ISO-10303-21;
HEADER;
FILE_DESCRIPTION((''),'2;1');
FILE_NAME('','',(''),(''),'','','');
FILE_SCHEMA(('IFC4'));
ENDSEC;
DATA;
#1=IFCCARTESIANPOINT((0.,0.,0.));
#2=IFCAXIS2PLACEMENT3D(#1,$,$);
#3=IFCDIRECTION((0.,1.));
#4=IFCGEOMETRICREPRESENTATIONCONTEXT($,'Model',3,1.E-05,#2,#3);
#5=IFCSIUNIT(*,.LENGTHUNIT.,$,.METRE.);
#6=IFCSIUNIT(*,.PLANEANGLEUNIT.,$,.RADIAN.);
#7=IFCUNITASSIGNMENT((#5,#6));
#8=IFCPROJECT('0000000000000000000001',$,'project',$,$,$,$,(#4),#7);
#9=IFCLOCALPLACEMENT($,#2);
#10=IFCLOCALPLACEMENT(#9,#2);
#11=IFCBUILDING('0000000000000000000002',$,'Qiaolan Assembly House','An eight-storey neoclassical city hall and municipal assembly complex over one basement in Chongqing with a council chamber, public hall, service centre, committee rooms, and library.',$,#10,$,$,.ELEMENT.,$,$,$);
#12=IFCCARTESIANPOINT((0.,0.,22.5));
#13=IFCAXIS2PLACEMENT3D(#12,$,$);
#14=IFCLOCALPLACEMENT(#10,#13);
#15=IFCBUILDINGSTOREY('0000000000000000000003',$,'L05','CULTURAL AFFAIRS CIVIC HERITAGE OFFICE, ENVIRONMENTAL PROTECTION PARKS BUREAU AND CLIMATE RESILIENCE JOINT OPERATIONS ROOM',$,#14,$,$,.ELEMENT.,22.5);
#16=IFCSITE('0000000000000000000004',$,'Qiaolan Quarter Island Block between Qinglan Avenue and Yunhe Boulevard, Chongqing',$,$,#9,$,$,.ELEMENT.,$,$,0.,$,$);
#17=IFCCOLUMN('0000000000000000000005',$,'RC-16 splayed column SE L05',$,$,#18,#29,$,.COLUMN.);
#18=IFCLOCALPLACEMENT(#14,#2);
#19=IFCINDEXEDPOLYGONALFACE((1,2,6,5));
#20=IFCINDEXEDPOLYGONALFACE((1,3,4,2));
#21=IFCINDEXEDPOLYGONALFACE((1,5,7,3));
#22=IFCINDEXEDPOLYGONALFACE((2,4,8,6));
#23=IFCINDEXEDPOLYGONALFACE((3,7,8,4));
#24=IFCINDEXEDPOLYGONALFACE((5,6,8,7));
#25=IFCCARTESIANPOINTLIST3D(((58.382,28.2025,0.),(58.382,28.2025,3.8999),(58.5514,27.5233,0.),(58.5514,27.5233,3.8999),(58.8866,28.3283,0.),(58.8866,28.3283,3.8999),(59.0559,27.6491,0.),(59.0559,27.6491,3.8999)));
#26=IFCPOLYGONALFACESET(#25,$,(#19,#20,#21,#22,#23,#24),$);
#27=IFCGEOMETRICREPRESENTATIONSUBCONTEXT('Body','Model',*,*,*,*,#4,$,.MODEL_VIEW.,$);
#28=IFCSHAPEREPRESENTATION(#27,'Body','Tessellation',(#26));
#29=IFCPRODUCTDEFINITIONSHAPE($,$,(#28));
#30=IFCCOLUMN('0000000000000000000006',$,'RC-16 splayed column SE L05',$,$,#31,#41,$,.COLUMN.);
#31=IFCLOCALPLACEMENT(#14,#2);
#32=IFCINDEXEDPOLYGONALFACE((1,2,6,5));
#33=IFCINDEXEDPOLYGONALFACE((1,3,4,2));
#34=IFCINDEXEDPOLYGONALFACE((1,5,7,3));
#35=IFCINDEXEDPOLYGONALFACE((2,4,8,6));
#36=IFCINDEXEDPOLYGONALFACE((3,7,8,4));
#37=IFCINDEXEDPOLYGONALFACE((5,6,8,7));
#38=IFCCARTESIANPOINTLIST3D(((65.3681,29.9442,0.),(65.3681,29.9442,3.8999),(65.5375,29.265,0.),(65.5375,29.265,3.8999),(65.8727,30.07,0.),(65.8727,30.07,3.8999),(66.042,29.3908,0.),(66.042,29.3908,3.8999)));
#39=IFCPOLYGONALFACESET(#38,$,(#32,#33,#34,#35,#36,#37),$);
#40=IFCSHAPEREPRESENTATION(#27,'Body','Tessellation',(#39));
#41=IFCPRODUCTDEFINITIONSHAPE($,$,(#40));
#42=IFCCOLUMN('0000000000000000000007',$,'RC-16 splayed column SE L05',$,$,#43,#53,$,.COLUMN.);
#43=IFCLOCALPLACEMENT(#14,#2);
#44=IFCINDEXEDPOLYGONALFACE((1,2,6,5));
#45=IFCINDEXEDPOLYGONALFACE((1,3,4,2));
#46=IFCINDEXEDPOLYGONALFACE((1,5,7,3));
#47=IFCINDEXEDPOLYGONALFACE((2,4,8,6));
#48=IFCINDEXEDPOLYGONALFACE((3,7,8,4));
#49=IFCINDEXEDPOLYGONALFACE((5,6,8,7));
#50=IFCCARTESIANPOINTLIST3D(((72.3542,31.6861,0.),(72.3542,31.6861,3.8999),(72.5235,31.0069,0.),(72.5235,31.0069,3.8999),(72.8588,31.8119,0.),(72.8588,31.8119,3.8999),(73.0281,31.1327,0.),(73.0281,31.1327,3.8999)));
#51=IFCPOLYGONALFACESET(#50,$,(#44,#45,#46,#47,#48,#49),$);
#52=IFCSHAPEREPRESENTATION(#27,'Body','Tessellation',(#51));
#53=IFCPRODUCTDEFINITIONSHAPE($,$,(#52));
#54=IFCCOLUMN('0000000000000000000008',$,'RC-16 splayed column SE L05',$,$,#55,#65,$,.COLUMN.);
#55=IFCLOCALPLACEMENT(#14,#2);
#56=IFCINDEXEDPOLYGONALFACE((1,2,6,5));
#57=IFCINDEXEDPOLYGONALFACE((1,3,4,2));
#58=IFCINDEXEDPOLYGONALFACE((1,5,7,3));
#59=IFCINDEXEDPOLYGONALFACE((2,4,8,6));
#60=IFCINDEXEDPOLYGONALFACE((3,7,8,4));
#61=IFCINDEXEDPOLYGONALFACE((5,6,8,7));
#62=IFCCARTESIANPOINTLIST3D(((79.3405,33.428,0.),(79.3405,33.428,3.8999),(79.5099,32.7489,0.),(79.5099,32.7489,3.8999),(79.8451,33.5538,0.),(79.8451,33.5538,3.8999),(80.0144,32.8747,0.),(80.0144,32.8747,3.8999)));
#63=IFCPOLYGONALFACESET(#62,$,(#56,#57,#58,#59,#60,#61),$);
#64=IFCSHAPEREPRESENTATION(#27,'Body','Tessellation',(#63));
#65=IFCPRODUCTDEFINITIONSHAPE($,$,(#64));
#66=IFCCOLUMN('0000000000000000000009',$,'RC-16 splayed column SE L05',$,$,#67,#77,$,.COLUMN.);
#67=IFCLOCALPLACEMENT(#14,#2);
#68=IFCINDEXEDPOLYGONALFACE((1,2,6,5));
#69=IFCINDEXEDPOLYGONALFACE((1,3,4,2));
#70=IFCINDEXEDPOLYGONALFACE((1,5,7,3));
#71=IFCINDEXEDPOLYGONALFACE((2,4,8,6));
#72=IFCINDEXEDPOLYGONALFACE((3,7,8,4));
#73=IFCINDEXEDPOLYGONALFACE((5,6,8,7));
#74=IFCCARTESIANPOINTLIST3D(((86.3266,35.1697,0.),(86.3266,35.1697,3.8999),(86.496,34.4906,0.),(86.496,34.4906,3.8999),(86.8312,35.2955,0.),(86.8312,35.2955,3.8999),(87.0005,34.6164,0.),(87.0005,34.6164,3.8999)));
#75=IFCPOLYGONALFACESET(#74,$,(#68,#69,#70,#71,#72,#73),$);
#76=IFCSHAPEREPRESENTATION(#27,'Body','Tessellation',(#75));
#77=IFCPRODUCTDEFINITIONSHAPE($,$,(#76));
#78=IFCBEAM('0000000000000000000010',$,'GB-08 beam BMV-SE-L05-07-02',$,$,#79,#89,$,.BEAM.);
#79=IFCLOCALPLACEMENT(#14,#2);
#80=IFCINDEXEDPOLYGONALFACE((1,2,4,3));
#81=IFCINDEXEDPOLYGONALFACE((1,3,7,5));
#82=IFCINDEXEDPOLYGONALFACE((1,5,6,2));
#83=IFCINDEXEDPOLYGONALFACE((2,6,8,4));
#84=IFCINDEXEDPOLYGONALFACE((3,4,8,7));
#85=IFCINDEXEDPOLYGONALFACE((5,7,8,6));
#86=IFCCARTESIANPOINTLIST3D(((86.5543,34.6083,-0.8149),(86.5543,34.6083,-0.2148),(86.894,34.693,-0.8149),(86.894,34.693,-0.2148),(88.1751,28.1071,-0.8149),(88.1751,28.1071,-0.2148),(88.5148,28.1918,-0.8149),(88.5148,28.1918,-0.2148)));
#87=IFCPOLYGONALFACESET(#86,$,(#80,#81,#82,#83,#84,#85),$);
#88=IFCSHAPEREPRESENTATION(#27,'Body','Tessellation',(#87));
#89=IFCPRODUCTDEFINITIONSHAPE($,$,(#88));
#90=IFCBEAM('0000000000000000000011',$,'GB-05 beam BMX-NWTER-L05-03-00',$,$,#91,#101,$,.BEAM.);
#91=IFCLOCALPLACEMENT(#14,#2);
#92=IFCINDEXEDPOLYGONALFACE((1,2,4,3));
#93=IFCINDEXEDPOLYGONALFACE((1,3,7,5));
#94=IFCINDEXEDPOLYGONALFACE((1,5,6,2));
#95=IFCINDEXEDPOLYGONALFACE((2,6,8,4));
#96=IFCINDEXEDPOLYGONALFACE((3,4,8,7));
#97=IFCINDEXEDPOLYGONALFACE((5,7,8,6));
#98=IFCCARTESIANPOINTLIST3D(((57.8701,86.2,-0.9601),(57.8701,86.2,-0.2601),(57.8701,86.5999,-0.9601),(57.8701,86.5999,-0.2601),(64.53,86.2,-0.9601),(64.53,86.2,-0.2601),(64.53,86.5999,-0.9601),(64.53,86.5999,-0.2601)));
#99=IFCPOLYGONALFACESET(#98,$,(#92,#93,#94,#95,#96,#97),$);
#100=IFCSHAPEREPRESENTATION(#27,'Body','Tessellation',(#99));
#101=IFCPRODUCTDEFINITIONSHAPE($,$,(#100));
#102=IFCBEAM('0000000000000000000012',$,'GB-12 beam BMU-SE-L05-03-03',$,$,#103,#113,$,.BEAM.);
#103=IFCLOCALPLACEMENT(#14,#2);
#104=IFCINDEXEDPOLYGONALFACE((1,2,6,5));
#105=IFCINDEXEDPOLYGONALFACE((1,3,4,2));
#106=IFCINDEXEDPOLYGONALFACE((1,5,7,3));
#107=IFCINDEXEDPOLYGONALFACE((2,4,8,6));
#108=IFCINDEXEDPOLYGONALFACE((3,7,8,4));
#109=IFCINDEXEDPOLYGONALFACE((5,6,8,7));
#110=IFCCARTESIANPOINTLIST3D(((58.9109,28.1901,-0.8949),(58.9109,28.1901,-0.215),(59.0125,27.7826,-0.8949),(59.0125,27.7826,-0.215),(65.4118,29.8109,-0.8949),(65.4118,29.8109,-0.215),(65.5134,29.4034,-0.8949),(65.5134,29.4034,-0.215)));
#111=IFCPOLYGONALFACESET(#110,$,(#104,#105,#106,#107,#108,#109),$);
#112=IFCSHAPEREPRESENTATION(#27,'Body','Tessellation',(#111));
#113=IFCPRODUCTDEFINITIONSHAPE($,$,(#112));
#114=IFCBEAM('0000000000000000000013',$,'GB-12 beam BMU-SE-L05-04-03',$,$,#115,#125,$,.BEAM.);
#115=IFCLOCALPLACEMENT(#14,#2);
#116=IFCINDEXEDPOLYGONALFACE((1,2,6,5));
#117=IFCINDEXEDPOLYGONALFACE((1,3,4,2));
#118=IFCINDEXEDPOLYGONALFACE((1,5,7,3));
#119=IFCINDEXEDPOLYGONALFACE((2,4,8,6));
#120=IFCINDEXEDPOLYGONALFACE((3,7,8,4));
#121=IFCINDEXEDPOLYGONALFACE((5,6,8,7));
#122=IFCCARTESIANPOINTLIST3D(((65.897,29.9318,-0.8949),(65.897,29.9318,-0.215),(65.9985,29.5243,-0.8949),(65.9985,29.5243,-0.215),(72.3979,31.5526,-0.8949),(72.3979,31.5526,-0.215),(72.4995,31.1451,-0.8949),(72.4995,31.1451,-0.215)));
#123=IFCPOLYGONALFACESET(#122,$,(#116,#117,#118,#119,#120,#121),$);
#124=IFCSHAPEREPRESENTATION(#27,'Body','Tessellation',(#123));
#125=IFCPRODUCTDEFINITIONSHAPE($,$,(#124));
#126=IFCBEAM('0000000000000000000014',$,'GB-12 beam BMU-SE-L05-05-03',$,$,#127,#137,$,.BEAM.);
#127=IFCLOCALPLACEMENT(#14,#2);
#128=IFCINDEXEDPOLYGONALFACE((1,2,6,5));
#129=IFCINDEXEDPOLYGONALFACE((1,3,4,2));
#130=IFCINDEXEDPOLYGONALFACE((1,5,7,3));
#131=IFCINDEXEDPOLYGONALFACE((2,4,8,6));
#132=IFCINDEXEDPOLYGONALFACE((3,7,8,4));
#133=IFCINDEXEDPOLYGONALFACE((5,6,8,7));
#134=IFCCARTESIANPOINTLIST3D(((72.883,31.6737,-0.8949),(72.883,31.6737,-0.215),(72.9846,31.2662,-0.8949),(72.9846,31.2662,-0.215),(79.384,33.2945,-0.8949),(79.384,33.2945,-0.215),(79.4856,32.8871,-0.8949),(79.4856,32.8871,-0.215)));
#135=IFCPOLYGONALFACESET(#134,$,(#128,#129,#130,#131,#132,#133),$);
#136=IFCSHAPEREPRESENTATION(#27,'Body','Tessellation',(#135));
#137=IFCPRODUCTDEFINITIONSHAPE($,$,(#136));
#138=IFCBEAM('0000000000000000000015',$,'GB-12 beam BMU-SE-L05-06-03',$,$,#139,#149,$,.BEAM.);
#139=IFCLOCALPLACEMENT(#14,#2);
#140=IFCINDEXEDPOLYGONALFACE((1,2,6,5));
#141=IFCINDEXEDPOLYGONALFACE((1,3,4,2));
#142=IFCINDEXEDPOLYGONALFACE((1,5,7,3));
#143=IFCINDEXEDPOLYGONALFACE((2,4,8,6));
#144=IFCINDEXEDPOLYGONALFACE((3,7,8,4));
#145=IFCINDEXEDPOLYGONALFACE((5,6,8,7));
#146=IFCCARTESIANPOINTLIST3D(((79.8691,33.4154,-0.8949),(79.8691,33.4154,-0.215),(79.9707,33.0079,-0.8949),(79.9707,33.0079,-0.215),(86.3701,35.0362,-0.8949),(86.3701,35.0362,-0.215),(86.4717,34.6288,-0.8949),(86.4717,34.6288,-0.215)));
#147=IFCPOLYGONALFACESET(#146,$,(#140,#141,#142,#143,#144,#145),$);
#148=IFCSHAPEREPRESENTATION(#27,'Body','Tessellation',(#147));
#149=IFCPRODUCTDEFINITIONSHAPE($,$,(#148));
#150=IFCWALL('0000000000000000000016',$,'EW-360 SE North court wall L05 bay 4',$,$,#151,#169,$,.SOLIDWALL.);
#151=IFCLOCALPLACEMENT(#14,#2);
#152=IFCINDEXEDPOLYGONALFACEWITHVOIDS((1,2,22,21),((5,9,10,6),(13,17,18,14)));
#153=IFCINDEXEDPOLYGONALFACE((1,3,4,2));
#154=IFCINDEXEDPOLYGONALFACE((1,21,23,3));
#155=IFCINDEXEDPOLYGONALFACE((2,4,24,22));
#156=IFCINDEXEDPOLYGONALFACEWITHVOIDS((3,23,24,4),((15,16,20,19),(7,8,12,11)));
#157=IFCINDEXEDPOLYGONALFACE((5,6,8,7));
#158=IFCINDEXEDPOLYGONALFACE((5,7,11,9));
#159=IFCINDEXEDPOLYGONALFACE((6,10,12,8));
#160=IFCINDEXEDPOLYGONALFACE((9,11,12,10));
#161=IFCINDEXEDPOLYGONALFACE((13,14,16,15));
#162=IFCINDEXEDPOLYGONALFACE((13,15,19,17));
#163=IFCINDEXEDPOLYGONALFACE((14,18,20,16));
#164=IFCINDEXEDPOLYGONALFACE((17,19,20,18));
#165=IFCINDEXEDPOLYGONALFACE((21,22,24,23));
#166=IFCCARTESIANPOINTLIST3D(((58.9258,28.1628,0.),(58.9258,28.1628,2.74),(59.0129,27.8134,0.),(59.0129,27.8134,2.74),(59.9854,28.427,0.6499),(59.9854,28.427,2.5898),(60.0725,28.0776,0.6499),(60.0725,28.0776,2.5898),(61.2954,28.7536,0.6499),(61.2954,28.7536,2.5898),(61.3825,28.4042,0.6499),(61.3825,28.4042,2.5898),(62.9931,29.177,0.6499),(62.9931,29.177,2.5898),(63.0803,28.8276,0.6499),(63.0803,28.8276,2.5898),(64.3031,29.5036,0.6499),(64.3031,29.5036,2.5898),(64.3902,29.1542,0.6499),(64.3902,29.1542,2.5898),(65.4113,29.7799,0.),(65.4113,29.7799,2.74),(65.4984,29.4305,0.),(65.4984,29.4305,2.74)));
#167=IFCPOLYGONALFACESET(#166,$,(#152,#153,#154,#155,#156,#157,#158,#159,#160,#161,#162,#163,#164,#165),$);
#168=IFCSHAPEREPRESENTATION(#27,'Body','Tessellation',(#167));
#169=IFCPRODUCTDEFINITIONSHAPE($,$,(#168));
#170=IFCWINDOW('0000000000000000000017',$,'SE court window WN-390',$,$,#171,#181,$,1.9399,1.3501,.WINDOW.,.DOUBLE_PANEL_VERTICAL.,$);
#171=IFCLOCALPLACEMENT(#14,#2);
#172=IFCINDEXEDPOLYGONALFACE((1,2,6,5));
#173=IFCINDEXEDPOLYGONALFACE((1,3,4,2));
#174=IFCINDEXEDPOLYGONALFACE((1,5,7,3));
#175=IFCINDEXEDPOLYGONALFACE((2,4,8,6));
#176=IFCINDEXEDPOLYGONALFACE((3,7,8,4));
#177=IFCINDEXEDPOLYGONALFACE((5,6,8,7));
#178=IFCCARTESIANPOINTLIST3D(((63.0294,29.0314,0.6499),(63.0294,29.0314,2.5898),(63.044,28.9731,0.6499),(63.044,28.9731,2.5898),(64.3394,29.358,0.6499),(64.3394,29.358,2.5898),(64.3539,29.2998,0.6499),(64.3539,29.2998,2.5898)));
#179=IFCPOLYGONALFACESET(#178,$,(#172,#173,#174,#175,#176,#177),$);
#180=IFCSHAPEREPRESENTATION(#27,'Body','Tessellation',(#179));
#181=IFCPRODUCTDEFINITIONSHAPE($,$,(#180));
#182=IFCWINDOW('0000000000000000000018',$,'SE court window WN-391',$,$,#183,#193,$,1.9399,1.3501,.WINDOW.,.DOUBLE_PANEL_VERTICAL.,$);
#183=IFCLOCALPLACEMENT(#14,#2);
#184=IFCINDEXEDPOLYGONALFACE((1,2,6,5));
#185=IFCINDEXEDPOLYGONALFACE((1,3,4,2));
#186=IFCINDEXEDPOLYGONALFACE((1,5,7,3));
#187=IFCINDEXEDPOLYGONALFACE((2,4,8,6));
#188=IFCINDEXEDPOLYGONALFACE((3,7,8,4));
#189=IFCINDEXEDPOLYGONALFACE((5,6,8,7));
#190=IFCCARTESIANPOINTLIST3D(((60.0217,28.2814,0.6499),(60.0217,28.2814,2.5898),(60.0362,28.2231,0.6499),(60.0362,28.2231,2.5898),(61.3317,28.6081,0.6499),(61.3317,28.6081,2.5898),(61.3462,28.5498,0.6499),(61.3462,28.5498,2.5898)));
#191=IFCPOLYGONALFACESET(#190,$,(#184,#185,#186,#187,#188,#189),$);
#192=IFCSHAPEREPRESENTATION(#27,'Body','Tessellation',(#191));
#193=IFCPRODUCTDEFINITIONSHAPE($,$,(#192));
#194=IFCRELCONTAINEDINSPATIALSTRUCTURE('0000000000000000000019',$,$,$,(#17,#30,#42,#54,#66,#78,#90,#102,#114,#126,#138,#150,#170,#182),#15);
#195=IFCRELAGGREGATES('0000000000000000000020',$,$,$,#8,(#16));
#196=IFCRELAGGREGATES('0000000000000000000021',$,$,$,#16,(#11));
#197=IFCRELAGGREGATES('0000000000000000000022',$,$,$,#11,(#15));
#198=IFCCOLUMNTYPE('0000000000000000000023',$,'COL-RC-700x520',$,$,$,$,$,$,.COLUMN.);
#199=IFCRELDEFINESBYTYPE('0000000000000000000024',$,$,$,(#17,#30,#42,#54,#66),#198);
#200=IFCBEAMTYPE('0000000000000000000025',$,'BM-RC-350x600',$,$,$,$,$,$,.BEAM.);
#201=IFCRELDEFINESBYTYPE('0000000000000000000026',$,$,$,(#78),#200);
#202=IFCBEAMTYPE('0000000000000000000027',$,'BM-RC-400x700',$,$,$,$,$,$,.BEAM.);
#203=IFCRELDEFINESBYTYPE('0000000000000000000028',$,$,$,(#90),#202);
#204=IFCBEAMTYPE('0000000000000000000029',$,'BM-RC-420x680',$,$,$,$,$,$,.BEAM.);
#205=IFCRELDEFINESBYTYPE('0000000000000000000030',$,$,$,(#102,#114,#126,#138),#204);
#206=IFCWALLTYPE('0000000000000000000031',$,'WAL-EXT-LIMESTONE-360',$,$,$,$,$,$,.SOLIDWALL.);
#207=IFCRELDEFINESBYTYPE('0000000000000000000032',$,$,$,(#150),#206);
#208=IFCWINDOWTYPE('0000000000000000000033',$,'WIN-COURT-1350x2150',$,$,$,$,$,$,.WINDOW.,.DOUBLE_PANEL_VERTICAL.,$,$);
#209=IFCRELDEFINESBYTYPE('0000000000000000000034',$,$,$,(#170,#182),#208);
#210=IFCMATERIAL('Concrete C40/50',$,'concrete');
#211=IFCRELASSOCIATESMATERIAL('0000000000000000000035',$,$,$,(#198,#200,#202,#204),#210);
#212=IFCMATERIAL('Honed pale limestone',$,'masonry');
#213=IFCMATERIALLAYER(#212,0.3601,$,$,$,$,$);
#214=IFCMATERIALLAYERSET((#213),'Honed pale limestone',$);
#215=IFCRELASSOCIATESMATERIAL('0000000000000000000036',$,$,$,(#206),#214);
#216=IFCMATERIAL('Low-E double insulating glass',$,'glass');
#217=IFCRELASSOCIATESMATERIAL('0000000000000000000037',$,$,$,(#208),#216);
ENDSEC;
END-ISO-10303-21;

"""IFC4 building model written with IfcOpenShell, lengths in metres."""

from ifc_helpers import new_model, si_unit, direction, frame, frame_2d, origin, origin_2d, place, context, subcontext, project, spatial, rectangle, extrude, material, layer, layer_set, material_profile, profile_set, type_object, element, fill, save


model = new_model("IFC4")

# Units and contexts
model_context = context("Model", 3, precision=1e-05, world=origin(), true_north=direction((0.0, 1.0)))
body_context = subcontext(model_context, "Body", "Model", "MODEL_VIEW")
ifc_project = project(units=[si_unit("LENGTHUNIT", "METRE"), si_unit("PLANEANGLEUNIT", "RADIAN")], contexts=[model_context])

# Site, building, storey
site_placement = place(None, origin())
site = spatial("IfcSite", under=ifc_project, at=site_placement, Name="Qiaolan Quarter Island Block between Qinglan Avenue and Yunhe Boulevard, Chongqing", CompositionType="ELEMENT", RefElevation=0.0)
building_placement = place(site_placement, origin())
building = spatial("IfcBuilding", under=site, at=building_placement, Name="Qiaolan Assembly House", Description="An eight-storey neoclassical city hall and municipal assembly complex over one basement in Chongqing with a council chamber, public hall, service centre, committee rooms, and library.", CompositionType="ELEMENT")
storey_placement = place(building_placement, frame((0.0, 0.0, 22.5)))
storey = spatial("IfcBuildingStorey", under=building, at=storey_placement, Name="L05", Description="CULTURAL AFFAIRS CIVIC HERITAGE OFFICE, ENVIRONMENTAL PROTECTION PARKS BUREAU AND CLIMATE RESILIENCE JOINT OPERATIONS ROOM", CompositionType="ELEMENT", Elevation=22.5)

# Columns
ifc_material_1 = material(Name="Concrete C40/50", Category="concrete")
ifc_material_profile_1 = material_profile(ifc_material_1, rectangle(XDim=0.52, YDim=0.7, at=origin_2d()), Name="RC 700x520")
ifc_profile_set_1 = profile_set([ifc_material_profile_1], Name="Concrete C40/50")
column_type = type_object("IfcColumnType", Name="COL-RC-700x520", PredefinedType="COLUMN", material=ifc_profile_set_1)
for number, where, z_axis, x_axis, name in (
    (1, (58.719, 27.9258, 0.0), (0.0, 0.0, 1.0), (0.970296, 0.241922, 0.0), "RC-16 splayed column SE L05"),
    (2, (65.7051, 29.6675, 0.0), (0.0, 0.0, 1.0), (0.970296, 0.241922, 0.0), "RC-16 splayed column SE L05"),
    (3, (72.6912, 31.4094, 0.0), (0.0, 0.0, 1.0), (0.970296, 0.241922, 0.0), "RC-16 splayed column SE L05"),
    (4, (79.6775, 33.1514, 0.0), (0.0, 0.0, 1.0), (0.970296, 0.241922, 0.0), "RC-16 splayed column SE L05"),
    (5, (86.6636, 34.8931, 0.0), (0.0, 0.0, 1.0), (0.970296, 0.241922, 0.0), "RC-16 splayed column SE L05"),
):
    element("IfcColumn", number, at=place(storey_placement, frame(where, z_axis=z_axis, x_axis=x_axis)), inside=storey, type_object=column_type, Name=name, PredefinedType="COLUMN", context=body_context, shape_type="SweptSolid", body=[
        extrude(rectangle(XDim=0.52, YDim=0.7, at=origin_2d()), origin(), (0.0, 0.0, 1.0), 3.8999),
    ])

# Beams
ifc_material_profile_2 = material_profile(ifc_material_1, rectangle(XDim=0.3501, YDim=0.6001, at=origin_2d()), Name="RCB 350x600")
ifc_profile_set_2 = profile_set([ifc_material_profile_2], Name="Concrete C40/50")
beam_type_1 = type_object("IfcBeamType", Name="BM-RC-350x600", PredefinedType="BEAM", material=ifc_profile_set_2)
beam_1_placement = place(storey_placement, frame((88.345, 28.1494, -0.5149), z_axis=(-0.24191, 0.970299, 0.0), x_axis=(-0.970299, -0.24191, 0.0)))
element("IfcBeam", 6, at=beam_1_placement, inside=storey, type_object=beam_type_1, Name="GB-08 beam BMV-SE-L05-07-02", PredefinedType="BEAM", context=body_context, shape_type="SweptSolid", body=[
    extrude(rectangle(XDim=0.3501, YDim=0.6001, at=origin_2d()), origin(), (0.0, 0.0, 1.0), 6.7002),
])
ifc_material_profile_3 = material_profile(ifc_material_1, rectangle(XDim=0.3999, YDim=0.7, at=origin_2d()), Name="RCB 400x700")
ifc_profile_set_3 = profile_set([ifc_material_profile_3], Name="Concrete C40/50")
beam_type_2 = type_object("IfcBeamType", Name="BM-RC-400x700", PredefinedType="BEAM", material=ifc_profile_set_3)
beam_2_placement = place(storey_placement, frame((57.8701, 86.3999, -0.6101), z_axis=(1.0, 0.0, 0.0), x_axis=(0.0, 1.0, 0.0)))
element("IfcBeam", 7, at=beam_2_placement, inside=storey, type_object=beam_type_2, Name="GB-05 beam BMX-NWTER-L05-03-00", PredefinedType="BEAM", context=body_context, shape_type="SweptSolid", body=[
    extrude(rectangle(XDim=0.3999, YDim=0.7, at=origin_2d()), origin(), (0.0, 0.0, 1.0), 6.6599),
])
ifc_material_profile_4 = material_profile(ifc_material_1, rectangle(XDim=0.4199, YDim=0.6799, at=origin_2d()), Name="RCB 420x680")
ifc_profile_set_4 = profile_set([ifc_material_profile_4], Name="Concrete C40/50")
beam_type_3 = type_object("IfcBeamType", Name="BM-RC-420x680", PredefinedType="BEAM", material=ifc_profile_set_4)
for number, where, z_axis, x_axis, name in (
    (8, (58.9617, 27.9863, -0.5549), (0.970297, 0.241918, 0.0), (-0.241918, 0.970297, 0.0), "GB-12 beam BMU-SE-L05-03-03"),
    (9, (65.9478, 29.728, -0.5549), (0.970297, 0.241918, 0.0), (-0.241918, 0.970297, 0.0), "GB-12 beam BMU-SE-L05-04-03"),
    (10, (72.9338, 31.47, -0.5549), (0.970297, 0.241918, 0.0), (-0.241918, 0.970297, 0.0), "GB-12 beam BMU-SE-L05-05-03"),
    (11, (79.9199, 33.2117, -0.5549), (0.970297, 0.241918, 0.0), (-0.241918, 0.970297, 0.0), "GB-12 beam BMU-SE-L05-06-03"),
):
    element("IfcBeam", number, at=place(storey_placement, frame(where, z_axis=z_axis, x_axis=x_axis)), inside=storey, type_object=beam_type_3, Name=name, PredefinedType="BEAM", context=body_context, shape_type="SweptSolid", body=[
        extrude(rectangle(XDim=0.4199, YDim=0.6799, at=origin_2d()), origin(), (0.0, 0.0, 1.0), 6.7),
    ])

# Wall, openings, windows
ifc_material_2 = material(Name="Honed pale limestone", Category="masonry")
ifc_layer_1 = layer(ifc_material_2, 0.3601)
ifc_layer_set_1 = layer_set([ifc_layer_1], Name="Honed pale limestone")
wall_type_1 = type_object("IfcWallType", Name="WAL-EXT-LIMESTONE-360", PredefinedType="SOLIDWALL", material=ifc_layer_set_1)
wall_1_placement = place(storey_placement, frame((65.4548, 29.6052, 0.0), z_axis=(0.0, 0.0, 1.0), x_axis=(-0.970291, -0.241943, 0.0)))
wall_1 = element("IfcWall", 12, at=wall_1_placement, inside=storey, type_object=wall_type_1, Name="EW-360 SE North court wall L05 bay 4", PredefinedType="SOLIDWALL", context=body_context, shape_type="SweptSolid", body=[
    extrude(rectangle(XDim=6.6841, YDim=0.3601, at=frame_2d((3.342, 0.0))), origin(), (0.0, 0.0, 1.0), 2.74),
])
opening_1_placement = place(wall_1_placement, frame((1.1421, 0.0, 0.6499)))
opening_1 = element("IfcOpeningElement", 13, at=opening_1_placement, cuts=wall_1, PredefinedType="OPENING", context=body_context, shape_type="SweptSolid", body=[
    extrude(rectangle(XDim=1.3501, YDim=1.9399, at=frame_2d((0.675, 0.97))), frame((0.0, 0.1899, 0.0), z_axis=(0.0, -1.0, 0.0), x_axis=(1.0, 0.0, 0.0)), (0.0, 0.0, 1.0), 0.3801),
])
opening_2_placement = place(wall_1_placement, frame((4.2419, 0.0, 0.6499)))
opening_2 = element("IfcOpeningElement", 14, at=opening_2_placement, cuts=wall_1, PredefinedType="OPENING", context=body_context, shape_type="SweptSolid", body=[
    extrude(rectangle(XDim=1.3501, YDim=1.9399, at=frame_2d((0.675, 0.97))), frame((0.0, 0.1899, 0.0), z_axis=(0.0, -1.0, 0.0), x_axis=(1.0, 0.0, 0.0)), (0.0, 0.0, 1.0), 0.3801),
])
ifc_material_3 = material(Name="Low-E double insulating glass", Category="glass")
window_type_1 = type_object("IfcWindowType", Name="WIN-COURT-1350x2150", PartitioningType="DOUBLE_PANEL_VERTICAL", PredefinedType="WINDOW", material=ifc_material_3)
window_1_placement = place(opening_1_placement, origin())
window_1 = element("IfcWindow", 15, at=window_1_placement, inside=storey, type_object=window_type_1, Name="SE court window WN-390", OverallHeight=1.9399, OverallWidth=1.3501, PartitioningType="DOUBLE_PANEL_VERTICAL", PredefinedType="WINDOW", context=body_context, shape_type="SweptSolid", body=[
    extrude(rectangle(XDim=1.3501, YDim=1.9399, at=frame_2d((0.675, 0.97))), frame((0.0, 0.03, 0.0), z_axis=(0.0, -1.0, 0.0), x_axis=(1.0, 0.0, 0.0)), (0.0, 0.0, 1.0), 0.0601),
])
fill(opening_1, window_1)
window_2_placement = place(opening_2_placement, origin())
window_2 = element("IfcWindow", 16, at=window_2_placement, inside=storey, type_object=window_type_1, Name="SE court window WN-391", OverallHeight=1.9399, OverallWidth=1.3501, PartitioningType="DOUBLE_PANEL_VERTICAL", PredefinedType="WINDOW", context=body_context, shape_type="SweptSolid", body=[
    extrude(rectangle(XDim=1.3501, YDim=1.9399, at=frame_2d((0.675, 0.97))), frame((0.0, 0.03, 0.0), z_axis=(0.0, -1.0, 0.0), x_axis=(1.0, 0.0, 0.0)), (0.0, 0.0, 1.0), 0.0601),
])
fill(opening_2, window_2)

save(model, "model.ifc")
